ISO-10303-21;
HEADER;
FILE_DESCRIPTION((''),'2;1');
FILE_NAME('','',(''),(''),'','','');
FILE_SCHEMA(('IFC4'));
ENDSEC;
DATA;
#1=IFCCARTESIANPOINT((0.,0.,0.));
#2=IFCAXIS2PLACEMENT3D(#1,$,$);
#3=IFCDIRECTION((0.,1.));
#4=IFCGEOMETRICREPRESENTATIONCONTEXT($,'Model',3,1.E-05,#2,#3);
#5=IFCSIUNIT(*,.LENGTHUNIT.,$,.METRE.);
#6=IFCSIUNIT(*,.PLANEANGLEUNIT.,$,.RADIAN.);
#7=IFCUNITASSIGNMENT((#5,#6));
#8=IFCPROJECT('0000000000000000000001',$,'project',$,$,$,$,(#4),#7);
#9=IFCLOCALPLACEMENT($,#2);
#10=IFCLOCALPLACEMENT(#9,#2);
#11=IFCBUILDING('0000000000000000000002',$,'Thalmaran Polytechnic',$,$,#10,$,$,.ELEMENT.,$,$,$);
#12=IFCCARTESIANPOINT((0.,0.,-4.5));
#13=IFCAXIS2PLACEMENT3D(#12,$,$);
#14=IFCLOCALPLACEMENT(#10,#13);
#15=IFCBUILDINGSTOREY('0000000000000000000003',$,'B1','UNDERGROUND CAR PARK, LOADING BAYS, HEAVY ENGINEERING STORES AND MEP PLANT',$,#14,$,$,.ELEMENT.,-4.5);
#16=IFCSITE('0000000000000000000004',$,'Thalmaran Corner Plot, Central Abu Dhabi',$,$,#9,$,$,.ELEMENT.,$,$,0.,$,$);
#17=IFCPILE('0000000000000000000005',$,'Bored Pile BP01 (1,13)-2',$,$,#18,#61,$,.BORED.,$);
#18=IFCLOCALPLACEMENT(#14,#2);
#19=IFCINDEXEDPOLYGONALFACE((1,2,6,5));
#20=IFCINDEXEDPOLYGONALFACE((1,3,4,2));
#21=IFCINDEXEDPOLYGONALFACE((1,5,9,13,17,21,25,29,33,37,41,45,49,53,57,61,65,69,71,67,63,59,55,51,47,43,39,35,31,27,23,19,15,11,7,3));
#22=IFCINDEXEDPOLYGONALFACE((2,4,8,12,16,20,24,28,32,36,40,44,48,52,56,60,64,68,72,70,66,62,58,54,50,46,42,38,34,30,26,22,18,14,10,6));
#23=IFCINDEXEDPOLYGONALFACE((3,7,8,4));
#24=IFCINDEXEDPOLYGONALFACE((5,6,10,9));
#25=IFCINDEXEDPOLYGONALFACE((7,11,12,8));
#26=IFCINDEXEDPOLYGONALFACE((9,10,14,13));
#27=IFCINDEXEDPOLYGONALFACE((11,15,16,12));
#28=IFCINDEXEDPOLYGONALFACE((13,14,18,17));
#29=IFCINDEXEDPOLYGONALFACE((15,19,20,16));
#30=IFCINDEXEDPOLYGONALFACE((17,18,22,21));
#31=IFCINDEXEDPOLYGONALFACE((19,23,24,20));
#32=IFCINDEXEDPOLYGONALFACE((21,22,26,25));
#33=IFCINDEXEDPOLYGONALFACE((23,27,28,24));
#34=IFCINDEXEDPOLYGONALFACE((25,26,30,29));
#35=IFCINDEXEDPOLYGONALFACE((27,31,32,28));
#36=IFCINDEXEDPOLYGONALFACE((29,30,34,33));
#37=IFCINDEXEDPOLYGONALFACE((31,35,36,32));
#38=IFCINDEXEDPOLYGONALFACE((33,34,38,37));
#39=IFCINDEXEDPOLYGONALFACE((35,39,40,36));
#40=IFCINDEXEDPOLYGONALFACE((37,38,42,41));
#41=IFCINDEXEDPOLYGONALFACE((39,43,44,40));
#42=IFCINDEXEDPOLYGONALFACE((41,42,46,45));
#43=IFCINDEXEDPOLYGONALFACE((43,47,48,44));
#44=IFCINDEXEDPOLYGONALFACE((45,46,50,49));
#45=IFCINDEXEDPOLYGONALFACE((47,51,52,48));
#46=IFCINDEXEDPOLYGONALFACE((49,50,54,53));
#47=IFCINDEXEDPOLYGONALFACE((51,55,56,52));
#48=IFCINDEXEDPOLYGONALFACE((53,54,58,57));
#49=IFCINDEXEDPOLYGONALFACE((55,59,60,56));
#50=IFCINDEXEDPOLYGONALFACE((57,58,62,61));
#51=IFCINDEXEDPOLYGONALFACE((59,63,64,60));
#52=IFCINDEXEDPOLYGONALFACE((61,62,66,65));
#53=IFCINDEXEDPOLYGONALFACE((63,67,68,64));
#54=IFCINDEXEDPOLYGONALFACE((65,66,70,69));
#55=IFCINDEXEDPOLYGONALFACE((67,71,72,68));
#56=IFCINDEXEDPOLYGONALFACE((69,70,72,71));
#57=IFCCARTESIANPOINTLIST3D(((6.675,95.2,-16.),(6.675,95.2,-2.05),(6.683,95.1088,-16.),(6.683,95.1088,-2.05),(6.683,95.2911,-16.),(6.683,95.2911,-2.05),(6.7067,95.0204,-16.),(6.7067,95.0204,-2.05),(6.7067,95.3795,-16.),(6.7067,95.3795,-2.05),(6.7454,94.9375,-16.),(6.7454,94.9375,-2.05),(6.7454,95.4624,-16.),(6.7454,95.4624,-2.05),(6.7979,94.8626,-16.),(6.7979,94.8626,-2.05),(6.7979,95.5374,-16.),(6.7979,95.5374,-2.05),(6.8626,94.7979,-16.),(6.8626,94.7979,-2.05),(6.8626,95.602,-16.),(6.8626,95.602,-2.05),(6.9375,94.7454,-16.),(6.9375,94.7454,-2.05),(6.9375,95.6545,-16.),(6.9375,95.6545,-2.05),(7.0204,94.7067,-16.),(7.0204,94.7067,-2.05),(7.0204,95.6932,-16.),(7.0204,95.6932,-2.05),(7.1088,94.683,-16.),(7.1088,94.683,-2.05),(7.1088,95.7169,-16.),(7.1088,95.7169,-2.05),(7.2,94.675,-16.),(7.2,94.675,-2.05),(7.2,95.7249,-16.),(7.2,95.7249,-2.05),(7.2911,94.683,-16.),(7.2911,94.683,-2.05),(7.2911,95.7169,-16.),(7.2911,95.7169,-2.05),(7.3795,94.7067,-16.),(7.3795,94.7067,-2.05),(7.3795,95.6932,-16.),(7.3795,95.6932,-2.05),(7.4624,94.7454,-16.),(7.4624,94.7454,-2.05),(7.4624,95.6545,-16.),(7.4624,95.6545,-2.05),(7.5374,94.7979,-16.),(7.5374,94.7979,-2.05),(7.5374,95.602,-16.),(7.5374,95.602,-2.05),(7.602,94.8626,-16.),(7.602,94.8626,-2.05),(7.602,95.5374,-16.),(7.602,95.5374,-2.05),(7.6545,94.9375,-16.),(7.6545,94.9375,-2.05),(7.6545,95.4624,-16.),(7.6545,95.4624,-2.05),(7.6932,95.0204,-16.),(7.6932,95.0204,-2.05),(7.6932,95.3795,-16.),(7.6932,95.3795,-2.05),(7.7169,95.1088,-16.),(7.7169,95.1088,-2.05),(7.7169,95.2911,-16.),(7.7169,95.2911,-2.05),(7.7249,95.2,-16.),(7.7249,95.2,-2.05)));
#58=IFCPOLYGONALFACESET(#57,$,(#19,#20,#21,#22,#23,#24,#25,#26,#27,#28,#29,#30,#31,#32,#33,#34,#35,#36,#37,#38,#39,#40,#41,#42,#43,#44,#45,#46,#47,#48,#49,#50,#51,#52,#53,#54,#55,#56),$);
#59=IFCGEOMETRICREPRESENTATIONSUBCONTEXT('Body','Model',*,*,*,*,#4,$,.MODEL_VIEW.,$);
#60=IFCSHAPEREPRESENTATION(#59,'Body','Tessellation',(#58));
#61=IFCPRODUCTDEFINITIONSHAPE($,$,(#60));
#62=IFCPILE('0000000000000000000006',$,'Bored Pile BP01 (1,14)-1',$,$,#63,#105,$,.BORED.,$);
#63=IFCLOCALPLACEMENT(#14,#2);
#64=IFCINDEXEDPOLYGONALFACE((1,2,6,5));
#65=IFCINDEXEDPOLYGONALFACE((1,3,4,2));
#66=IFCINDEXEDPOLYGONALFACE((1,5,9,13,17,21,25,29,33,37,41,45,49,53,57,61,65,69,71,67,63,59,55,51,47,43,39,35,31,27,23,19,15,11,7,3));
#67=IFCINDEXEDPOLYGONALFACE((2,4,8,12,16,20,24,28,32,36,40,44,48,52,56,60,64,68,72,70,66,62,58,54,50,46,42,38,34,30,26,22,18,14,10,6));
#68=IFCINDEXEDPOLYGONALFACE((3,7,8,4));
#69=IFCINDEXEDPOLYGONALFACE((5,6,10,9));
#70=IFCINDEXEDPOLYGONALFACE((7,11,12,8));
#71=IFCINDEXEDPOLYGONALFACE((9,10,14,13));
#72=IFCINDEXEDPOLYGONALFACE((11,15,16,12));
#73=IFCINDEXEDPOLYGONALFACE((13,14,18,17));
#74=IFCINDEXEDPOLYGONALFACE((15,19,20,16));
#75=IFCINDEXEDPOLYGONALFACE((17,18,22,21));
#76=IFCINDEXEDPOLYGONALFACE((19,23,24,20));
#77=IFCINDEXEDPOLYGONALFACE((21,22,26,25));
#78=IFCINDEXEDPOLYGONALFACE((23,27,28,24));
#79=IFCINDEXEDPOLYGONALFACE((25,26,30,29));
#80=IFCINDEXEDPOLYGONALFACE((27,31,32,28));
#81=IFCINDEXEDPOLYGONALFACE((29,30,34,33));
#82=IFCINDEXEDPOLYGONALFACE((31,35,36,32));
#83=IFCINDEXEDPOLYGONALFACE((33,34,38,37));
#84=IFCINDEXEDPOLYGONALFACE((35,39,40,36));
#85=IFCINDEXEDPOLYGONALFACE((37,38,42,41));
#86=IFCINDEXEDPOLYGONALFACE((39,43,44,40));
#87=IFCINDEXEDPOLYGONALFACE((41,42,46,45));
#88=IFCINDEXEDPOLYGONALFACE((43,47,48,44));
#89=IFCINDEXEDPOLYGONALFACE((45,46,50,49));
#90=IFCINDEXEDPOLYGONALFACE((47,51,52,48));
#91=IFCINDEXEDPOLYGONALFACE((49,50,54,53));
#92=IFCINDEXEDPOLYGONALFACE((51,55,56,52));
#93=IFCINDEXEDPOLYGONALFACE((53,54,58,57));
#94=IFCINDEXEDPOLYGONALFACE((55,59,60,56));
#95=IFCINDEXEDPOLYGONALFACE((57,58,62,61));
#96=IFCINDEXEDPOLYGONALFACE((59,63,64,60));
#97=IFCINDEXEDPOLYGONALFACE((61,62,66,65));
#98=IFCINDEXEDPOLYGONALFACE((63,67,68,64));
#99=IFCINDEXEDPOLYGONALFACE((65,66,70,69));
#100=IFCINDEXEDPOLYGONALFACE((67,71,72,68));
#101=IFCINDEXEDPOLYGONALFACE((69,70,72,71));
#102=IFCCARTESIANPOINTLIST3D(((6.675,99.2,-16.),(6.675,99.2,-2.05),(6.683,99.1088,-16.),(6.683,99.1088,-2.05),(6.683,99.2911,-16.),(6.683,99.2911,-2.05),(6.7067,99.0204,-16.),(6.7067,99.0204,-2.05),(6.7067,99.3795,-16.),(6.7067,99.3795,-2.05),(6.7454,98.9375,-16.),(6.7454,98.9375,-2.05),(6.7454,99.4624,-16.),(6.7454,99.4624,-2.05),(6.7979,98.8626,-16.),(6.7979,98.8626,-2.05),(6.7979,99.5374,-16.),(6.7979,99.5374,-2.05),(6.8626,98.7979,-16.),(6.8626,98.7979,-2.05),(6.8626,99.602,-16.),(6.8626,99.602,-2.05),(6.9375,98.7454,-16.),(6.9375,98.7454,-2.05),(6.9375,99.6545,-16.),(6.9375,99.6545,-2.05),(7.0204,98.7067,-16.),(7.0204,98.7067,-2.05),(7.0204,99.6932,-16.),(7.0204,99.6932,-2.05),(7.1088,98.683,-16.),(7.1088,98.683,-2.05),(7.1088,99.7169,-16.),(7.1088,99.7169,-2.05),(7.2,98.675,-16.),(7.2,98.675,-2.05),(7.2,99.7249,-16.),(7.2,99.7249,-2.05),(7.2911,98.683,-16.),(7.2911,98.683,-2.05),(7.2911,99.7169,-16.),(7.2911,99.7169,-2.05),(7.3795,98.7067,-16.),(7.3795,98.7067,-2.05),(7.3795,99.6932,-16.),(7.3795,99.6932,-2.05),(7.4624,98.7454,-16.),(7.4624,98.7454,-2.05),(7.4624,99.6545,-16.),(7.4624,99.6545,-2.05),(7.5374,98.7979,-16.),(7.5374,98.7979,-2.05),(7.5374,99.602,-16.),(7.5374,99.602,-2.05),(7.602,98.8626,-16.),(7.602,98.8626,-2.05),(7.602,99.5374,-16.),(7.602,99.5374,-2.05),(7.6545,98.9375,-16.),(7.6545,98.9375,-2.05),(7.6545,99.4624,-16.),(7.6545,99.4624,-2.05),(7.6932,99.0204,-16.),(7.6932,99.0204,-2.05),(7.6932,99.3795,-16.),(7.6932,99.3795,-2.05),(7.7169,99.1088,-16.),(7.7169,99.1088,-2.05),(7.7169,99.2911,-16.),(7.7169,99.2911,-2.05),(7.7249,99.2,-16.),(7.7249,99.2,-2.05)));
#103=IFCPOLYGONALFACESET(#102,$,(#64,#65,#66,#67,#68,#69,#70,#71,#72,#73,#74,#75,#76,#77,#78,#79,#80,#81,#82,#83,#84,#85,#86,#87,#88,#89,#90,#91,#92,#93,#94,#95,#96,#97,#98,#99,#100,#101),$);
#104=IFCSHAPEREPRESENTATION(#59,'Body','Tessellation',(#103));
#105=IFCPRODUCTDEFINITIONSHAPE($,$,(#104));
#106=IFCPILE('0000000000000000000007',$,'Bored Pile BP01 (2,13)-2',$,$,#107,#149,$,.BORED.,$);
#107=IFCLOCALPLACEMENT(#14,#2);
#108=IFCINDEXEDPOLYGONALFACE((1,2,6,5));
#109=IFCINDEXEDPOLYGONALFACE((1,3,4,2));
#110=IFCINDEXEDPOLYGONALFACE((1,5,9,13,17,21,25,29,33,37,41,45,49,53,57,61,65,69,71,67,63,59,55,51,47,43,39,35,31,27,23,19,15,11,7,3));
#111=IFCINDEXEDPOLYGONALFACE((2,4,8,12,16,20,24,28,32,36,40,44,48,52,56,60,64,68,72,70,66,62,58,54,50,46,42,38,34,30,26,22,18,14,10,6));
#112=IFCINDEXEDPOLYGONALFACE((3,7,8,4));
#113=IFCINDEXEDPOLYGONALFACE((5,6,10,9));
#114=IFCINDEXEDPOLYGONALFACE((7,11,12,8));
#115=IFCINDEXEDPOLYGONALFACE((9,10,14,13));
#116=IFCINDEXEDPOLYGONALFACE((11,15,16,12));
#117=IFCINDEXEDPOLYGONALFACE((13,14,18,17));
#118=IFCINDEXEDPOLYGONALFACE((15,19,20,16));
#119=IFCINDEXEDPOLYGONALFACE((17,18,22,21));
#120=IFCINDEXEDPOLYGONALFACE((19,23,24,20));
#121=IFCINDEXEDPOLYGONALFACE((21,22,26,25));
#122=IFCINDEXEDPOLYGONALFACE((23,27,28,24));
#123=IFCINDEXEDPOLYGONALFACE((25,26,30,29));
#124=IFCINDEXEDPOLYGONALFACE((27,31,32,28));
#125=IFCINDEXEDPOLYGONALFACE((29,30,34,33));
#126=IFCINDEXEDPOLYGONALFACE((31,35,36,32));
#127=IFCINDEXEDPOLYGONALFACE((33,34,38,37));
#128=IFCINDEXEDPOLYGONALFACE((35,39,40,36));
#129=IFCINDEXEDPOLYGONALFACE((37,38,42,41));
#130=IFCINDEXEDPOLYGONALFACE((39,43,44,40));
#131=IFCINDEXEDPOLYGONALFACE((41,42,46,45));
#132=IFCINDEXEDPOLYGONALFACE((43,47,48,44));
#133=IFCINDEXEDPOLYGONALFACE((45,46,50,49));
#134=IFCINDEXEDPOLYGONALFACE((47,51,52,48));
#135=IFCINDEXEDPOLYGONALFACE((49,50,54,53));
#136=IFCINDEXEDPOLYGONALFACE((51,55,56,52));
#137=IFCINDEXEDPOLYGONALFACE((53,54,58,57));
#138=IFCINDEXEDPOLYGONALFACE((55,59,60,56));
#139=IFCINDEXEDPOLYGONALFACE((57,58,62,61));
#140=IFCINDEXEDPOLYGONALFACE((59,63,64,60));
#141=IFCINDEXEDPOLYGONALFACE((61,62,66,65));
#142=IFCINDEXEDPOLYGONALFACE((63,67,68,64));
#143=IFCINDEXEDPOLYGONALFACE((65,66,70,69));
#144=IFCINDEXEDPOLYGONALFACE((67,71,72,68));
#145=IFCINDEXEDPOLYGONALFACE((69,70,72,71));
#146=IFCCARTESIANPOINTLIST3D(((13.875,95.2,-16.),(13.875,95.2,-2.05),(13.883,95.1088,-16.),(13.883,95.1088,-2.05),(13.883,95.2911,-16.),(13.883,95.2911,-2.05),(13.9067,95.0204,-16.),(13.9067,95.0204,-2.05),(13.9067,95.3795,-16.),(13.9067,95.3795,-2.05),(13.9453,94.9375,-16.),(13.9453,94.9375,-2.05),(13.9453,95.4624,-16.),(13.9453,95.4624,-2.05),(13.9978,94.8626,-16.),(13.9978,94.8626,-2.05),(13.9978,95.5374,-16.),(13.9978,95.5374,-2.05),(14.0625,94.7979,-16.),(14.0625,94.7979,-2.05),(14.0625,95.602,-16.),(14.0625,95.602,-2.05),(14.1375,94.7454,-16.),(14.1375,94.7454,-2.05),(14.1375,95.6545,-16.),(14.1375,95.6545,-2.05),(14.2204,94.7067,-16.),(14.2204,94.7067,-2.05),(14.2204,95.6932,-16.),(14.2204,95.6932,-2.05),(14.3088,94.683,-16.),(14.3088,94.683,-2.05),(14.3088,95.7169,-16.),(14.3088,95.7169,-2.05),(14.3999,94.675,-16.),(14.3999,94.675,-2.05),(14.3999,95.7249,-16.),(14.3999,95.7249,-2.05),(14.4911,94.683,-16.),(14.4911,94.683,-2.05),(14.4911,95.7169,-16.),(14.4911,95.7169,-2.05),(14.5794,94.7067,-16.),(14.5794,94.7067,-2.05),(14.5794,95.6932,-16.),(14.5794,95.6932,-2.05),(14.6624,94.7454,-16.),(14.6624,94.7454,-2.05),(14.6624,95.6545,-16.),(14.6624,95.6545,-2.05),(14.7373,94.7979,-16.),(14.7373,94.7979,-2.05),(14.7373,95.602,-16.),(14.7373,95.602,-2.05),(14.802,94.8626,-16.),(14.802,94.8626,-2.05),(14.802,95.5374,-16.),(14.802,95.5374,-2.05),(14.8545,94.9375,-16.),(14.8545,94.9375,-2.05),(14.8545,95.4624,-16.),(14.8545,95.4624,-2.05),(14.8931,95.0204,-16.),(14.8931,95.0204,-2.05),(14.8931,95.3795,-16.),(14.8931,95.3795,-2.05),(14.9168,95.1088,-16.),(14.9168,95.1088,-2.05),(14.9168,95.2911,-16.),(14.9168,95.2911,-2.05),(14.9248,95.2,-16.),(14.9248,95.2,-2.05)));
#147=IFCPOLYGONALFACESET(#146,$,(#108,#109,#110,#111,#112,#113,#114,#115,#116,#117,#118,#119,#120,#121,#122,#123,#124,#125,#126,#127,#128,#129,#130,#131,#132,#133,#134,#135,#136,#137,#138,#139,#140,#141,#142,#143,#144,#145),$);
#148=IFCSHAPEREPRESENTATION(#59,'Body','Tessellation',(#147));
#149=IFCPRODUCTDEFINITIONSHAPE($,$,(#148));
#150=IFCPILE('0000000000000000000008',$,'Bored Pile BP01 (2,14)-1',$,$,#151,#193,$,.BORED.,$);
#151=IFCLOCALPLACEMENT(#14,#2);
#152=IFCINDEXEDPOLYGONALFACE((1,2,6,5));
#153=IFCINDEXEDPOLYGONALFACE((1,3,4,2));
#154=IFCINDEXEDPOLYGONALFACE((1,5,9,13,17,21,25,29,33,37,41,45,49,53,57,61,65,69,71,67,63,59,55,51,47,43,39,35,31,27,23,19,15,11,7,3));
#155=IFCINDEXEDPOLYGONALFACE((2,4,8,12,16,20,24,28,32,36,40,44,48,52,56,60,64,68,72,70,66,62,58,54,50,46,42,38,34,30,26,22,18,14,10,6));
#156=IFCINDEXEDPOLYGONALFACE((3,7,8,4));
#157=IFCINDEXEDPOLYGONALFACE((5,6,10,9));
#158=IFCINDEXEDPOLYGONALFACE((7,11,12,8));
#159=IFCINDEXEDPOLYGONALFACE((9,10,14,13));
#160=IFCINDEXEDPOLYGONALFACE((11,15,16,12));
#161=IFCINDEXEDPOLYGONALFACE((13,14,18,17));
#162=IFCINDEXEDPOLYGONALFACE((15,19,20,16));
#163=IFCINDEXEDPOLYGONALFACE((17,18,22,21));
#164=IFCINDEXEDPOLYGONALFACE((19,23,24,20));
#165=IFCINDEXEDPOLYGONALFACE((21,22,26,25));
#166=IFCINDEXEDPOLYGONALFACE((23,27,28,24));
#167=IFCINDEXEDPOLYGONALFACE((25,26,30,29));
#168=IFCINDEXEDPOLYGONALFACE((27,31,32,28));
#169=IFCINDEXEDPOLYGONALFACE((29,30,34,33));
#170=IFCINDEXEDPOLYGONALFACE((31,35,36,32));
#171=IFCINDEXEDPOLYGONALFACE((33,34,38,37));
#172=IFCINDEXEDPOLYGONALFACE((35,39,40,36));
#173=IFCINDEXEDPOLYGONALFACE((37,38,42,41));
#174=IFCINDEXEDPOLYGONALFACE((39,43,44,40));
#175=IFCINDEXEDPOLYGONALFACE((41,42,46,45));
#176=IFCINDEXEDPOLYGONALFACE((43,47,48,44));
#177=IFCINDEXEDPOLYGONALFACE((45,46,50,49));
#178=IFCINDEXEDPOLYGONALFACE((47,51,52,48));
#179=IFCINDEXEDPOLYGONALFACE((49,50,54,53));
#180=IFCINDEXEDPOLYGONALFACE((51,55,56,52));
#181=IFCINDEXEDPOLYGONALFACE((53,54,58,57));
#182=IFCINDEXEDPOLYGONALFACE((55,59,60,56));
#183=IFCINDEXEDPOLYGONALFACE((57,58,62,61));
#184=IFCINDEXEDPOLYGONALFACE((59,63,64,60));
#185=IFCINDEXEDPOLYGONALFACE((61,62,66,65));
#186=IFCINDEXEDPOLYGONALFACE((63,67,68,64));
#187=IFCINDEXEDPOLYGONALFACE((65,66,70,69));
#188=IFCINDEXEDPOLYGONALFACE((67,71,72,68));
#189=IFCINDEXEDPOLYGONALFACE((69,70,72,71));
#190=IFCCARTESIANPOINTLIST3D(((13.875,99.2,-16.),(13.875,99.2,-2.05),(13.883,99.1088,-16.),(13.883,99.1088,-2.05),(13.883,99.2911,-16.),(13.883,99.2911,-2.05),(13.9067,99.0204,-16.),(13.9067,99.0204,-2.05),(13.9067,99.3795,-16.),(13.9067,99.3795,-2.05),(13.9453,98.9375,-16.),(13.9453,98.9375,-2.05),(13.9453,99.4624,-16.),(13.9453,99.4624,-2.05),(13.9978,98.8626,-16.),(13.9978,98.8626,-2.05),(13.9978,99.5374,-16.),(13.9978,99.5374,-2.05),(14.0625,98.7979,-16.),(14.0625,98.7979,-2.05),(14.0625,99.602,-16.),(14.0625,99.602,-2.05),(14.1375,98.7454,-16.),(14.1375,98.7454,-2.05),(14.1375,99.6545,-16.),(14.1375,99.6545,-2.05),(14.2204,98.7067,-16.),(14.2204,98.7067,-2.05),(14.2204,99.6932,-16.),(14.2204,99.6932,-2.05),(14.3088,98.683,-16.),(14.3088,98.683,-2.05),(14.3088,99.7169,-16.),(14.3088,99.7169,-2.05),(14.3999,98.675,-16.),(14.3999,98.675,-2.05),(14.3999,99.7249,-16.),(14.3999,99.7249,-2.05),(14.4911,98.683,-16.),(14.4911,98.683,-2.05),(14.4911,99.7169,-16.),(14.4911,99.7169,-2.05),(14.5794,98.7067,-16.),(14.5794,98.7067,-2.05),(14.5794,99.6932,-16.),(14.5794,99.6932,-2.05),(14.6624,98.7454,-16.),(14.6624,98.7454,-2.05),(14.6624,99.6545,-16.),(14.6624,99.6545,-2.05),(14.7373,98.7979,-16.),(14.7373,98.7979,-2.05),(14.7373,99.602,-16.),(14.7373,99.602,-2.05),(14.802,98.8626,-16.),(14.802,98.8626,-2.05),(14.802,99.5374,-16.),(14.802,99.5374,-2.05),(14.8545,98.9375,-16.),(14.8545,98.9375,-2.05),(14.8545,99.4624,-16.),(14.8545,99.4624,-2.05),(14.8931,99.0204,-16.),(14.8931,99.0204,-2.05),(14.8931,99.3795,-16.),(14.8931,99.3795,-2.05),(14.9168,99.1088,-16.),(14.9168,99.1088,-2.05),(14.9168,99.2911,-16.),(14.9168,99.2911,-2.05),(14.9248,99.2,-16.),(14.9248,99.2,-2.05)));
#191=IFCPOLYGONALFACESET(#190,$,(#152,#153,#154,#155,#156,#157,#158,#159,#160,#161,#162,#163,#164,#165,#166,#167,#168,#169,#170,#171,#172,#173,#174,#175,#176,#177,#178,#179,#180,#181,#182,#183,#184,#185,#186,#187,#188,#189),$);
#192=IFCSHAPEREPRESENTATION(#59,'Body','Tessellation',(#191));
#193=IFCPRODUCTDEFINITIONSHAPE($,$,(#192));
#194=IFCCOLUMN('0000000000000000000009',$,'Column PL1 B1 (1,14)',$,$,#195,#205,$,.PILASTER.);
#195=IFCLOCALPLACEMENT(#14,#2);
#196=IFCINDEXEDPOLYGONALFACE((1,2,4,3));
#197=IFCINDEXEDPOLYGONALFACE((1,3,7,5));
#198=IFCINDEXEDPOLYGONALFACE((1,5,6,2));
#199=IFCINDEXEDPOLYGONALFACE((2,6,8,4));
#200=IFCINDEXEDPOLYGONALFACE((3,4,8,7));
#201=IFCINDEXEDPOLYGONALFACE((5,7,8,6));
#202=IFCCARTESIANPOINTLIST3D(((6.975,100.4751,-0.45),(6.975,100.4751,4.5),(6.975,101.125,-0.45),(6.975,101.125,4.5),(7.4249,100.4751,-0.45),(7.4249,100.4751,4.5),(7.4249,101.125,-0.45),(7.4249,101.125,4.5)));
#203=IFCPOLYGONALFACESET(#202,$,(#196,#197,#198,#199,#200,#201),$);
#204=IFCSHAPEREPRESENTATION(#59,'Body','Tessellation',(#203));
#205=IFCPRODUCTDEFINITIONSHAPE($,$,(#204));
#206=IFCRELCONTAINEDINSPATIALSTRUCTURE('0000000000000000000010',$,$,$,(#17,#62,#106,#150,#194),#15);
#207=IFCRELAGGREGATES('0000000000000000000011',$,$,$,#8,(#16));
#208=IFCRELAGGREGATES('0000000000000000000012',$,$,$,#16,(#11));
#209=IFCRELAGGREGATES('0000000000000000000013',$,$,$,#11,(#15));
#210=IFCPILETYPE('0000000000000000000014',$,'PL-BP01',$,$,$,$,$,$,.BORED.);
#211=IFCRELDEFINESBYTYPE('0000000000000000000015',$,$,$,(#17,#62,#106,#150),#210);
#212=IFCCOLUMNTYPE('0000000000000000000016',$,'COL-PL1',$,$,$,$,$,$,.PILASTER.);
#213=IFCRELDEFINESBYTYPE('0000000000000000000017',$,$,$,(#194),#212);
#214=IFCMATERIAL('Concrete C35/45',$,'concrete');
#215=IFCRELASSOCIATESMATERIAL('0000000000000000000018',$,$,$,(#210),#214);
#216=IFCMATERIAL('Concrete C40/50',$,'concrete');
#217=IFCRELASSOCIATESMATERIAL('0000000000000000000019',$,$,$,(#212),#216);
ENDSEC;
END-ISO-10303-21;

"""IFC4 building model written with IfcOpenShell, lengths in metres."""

from ifc_helpers import new_model, si_unit, direction, frame, origin, origin_2d, place, context, subcontext, project, spatial, rectangle, circle, extrude, material, material_profile, profile_set, type_object, element, save


model = new_model("IFC4")

# Units and contexts
model_context = context("Model", 3, precision=1e-05, world=origin(), true_north=direction((0.0, 1.0)))
body_context = subcontext(model_context, "Body", "Model", "MODEL_VIEW")
ifc_project = project(units=[si_unit("LENGTHUNIT", "METRE"), si_unit("PLANEANGLEUNIT", "RADIAN")], contexts=[model_context])

# Site, building, storey
site_placement = place(None, origin())
site = spatial("IfcSite", under=ifc_project, at=site_placement, Name="Thalmaran Corner Plot, Central Abu Dhabi", CompositionType="ELEMENT", RefElevation=0.0)
building_placement = place(site_placement, origin())
building = spatial("IfcBuilding", under=site, at=building_placement, Name="Thalmaran Polytechnic", CompositionType="ELEMENT")
storey_placement = place(building_placement, frame((0.0, 0.0, -4.5)))
storey = spatial("IfcBuildingStorey", under=building, at=storey_placement, Name="B1", Description="UNDERGROUND CAR PARK, LOADING BAYS, HEAVY ENGINEERING STORES AND MEP PLANT", CompositionType="ELEMENT", Elevation=-4.5)

# Shared definitions
ifc_material_1 = material(Name="Concrete C40/50", Category="concrete")

# Piles
ifc_material_2 = material(Name="Concrete C35/45", Category="concrete")
ifc_material_profile_1 = material_profile(ifc_material_2, circle(Radius=0.5249, at=origin_2d()), Name="RC 1050 DIA")
ifc_profile_set_1 = profile_set([ifc_material_profile_1], Name="Concrete C35/45")
pile_type = type_object("IfcPileType", Name="PL-BP01", PredefinedType="BORED", material=ifc_profile_set_1)
for number, where, z_axis, x_axis, name in (
    (1, (7.2, 95.2, -2.05), (0.0, 0.0, -1.0), (1.0, 0.0, 0.0), "Bored Pile BP01 (1,13)-2"),
    (2, (7.2, 99.2, -2.05), (0.0, 0.0, -1.0), (1.0, 0.0, 0.0), "Bored Pile BP01 (1,14)-1"),
    (3, (14.3999, 95.2, -2.05), (0.0, 0.0, -1.0), (1.0, 0.0, 0.0), "Bored Pile BP01 (2,13)-2"),
    (4, (14.3999, 99.2, -2.05), (0.0, 0.0, -1.0), (1.0, 0.0, 0.0), "Bored Pile BP01 (2,14)-1"),
):
    element("IfcPile", number, at=place(storey_placement, frame(where, z_axis=z_axis, x_axis=x_axis)), inside=storey, type_object=pile_type, Name=name, PredefinedType="BORED", context=body_context, shape_type="SweptSolid", body=[
        extrude(circle(Radius=0.5249, at=origin_2d()), origin(), (0.0, 0.0, 1.0), 13.95),
    ])

# Column
ifc_material_profile_2 = material_profile(ifc_material_1, rectangle(XDim=0.45, YDim=0.6499, at=origin_2d()), Name="RC 450x650")
ifc_profile_set_2 = profile_set([ifc_material_profile_2], Name="Concrete C40/50")
column_type_1 = type_object("IfcColumnType", Name="COL-PL1", PredefinedType="PILASTER", material=ifc_profile_set_2)
column_placement = place(storey_placement, frame((7.2, 100.8, -0.45), z_axis=(0.0, 0.0, 1.0), x_axis=(1.0, 0.0, 0.0)))
element("IfcColumn", 5, at=column_placement, inside=storey, type_object=column_type_1, Name="Column PL1 B1 (1,14)", PredefinedType="PILASTER", context=body_context, shape_type="SweptSolid", body=[
    extrude(rectangle(XDim=0.45, YDim=0.6499, at=origin_2d()), origin(), (0.0, 0.0, 1.0), 4.95),
])

save(model, "model.ifc")
